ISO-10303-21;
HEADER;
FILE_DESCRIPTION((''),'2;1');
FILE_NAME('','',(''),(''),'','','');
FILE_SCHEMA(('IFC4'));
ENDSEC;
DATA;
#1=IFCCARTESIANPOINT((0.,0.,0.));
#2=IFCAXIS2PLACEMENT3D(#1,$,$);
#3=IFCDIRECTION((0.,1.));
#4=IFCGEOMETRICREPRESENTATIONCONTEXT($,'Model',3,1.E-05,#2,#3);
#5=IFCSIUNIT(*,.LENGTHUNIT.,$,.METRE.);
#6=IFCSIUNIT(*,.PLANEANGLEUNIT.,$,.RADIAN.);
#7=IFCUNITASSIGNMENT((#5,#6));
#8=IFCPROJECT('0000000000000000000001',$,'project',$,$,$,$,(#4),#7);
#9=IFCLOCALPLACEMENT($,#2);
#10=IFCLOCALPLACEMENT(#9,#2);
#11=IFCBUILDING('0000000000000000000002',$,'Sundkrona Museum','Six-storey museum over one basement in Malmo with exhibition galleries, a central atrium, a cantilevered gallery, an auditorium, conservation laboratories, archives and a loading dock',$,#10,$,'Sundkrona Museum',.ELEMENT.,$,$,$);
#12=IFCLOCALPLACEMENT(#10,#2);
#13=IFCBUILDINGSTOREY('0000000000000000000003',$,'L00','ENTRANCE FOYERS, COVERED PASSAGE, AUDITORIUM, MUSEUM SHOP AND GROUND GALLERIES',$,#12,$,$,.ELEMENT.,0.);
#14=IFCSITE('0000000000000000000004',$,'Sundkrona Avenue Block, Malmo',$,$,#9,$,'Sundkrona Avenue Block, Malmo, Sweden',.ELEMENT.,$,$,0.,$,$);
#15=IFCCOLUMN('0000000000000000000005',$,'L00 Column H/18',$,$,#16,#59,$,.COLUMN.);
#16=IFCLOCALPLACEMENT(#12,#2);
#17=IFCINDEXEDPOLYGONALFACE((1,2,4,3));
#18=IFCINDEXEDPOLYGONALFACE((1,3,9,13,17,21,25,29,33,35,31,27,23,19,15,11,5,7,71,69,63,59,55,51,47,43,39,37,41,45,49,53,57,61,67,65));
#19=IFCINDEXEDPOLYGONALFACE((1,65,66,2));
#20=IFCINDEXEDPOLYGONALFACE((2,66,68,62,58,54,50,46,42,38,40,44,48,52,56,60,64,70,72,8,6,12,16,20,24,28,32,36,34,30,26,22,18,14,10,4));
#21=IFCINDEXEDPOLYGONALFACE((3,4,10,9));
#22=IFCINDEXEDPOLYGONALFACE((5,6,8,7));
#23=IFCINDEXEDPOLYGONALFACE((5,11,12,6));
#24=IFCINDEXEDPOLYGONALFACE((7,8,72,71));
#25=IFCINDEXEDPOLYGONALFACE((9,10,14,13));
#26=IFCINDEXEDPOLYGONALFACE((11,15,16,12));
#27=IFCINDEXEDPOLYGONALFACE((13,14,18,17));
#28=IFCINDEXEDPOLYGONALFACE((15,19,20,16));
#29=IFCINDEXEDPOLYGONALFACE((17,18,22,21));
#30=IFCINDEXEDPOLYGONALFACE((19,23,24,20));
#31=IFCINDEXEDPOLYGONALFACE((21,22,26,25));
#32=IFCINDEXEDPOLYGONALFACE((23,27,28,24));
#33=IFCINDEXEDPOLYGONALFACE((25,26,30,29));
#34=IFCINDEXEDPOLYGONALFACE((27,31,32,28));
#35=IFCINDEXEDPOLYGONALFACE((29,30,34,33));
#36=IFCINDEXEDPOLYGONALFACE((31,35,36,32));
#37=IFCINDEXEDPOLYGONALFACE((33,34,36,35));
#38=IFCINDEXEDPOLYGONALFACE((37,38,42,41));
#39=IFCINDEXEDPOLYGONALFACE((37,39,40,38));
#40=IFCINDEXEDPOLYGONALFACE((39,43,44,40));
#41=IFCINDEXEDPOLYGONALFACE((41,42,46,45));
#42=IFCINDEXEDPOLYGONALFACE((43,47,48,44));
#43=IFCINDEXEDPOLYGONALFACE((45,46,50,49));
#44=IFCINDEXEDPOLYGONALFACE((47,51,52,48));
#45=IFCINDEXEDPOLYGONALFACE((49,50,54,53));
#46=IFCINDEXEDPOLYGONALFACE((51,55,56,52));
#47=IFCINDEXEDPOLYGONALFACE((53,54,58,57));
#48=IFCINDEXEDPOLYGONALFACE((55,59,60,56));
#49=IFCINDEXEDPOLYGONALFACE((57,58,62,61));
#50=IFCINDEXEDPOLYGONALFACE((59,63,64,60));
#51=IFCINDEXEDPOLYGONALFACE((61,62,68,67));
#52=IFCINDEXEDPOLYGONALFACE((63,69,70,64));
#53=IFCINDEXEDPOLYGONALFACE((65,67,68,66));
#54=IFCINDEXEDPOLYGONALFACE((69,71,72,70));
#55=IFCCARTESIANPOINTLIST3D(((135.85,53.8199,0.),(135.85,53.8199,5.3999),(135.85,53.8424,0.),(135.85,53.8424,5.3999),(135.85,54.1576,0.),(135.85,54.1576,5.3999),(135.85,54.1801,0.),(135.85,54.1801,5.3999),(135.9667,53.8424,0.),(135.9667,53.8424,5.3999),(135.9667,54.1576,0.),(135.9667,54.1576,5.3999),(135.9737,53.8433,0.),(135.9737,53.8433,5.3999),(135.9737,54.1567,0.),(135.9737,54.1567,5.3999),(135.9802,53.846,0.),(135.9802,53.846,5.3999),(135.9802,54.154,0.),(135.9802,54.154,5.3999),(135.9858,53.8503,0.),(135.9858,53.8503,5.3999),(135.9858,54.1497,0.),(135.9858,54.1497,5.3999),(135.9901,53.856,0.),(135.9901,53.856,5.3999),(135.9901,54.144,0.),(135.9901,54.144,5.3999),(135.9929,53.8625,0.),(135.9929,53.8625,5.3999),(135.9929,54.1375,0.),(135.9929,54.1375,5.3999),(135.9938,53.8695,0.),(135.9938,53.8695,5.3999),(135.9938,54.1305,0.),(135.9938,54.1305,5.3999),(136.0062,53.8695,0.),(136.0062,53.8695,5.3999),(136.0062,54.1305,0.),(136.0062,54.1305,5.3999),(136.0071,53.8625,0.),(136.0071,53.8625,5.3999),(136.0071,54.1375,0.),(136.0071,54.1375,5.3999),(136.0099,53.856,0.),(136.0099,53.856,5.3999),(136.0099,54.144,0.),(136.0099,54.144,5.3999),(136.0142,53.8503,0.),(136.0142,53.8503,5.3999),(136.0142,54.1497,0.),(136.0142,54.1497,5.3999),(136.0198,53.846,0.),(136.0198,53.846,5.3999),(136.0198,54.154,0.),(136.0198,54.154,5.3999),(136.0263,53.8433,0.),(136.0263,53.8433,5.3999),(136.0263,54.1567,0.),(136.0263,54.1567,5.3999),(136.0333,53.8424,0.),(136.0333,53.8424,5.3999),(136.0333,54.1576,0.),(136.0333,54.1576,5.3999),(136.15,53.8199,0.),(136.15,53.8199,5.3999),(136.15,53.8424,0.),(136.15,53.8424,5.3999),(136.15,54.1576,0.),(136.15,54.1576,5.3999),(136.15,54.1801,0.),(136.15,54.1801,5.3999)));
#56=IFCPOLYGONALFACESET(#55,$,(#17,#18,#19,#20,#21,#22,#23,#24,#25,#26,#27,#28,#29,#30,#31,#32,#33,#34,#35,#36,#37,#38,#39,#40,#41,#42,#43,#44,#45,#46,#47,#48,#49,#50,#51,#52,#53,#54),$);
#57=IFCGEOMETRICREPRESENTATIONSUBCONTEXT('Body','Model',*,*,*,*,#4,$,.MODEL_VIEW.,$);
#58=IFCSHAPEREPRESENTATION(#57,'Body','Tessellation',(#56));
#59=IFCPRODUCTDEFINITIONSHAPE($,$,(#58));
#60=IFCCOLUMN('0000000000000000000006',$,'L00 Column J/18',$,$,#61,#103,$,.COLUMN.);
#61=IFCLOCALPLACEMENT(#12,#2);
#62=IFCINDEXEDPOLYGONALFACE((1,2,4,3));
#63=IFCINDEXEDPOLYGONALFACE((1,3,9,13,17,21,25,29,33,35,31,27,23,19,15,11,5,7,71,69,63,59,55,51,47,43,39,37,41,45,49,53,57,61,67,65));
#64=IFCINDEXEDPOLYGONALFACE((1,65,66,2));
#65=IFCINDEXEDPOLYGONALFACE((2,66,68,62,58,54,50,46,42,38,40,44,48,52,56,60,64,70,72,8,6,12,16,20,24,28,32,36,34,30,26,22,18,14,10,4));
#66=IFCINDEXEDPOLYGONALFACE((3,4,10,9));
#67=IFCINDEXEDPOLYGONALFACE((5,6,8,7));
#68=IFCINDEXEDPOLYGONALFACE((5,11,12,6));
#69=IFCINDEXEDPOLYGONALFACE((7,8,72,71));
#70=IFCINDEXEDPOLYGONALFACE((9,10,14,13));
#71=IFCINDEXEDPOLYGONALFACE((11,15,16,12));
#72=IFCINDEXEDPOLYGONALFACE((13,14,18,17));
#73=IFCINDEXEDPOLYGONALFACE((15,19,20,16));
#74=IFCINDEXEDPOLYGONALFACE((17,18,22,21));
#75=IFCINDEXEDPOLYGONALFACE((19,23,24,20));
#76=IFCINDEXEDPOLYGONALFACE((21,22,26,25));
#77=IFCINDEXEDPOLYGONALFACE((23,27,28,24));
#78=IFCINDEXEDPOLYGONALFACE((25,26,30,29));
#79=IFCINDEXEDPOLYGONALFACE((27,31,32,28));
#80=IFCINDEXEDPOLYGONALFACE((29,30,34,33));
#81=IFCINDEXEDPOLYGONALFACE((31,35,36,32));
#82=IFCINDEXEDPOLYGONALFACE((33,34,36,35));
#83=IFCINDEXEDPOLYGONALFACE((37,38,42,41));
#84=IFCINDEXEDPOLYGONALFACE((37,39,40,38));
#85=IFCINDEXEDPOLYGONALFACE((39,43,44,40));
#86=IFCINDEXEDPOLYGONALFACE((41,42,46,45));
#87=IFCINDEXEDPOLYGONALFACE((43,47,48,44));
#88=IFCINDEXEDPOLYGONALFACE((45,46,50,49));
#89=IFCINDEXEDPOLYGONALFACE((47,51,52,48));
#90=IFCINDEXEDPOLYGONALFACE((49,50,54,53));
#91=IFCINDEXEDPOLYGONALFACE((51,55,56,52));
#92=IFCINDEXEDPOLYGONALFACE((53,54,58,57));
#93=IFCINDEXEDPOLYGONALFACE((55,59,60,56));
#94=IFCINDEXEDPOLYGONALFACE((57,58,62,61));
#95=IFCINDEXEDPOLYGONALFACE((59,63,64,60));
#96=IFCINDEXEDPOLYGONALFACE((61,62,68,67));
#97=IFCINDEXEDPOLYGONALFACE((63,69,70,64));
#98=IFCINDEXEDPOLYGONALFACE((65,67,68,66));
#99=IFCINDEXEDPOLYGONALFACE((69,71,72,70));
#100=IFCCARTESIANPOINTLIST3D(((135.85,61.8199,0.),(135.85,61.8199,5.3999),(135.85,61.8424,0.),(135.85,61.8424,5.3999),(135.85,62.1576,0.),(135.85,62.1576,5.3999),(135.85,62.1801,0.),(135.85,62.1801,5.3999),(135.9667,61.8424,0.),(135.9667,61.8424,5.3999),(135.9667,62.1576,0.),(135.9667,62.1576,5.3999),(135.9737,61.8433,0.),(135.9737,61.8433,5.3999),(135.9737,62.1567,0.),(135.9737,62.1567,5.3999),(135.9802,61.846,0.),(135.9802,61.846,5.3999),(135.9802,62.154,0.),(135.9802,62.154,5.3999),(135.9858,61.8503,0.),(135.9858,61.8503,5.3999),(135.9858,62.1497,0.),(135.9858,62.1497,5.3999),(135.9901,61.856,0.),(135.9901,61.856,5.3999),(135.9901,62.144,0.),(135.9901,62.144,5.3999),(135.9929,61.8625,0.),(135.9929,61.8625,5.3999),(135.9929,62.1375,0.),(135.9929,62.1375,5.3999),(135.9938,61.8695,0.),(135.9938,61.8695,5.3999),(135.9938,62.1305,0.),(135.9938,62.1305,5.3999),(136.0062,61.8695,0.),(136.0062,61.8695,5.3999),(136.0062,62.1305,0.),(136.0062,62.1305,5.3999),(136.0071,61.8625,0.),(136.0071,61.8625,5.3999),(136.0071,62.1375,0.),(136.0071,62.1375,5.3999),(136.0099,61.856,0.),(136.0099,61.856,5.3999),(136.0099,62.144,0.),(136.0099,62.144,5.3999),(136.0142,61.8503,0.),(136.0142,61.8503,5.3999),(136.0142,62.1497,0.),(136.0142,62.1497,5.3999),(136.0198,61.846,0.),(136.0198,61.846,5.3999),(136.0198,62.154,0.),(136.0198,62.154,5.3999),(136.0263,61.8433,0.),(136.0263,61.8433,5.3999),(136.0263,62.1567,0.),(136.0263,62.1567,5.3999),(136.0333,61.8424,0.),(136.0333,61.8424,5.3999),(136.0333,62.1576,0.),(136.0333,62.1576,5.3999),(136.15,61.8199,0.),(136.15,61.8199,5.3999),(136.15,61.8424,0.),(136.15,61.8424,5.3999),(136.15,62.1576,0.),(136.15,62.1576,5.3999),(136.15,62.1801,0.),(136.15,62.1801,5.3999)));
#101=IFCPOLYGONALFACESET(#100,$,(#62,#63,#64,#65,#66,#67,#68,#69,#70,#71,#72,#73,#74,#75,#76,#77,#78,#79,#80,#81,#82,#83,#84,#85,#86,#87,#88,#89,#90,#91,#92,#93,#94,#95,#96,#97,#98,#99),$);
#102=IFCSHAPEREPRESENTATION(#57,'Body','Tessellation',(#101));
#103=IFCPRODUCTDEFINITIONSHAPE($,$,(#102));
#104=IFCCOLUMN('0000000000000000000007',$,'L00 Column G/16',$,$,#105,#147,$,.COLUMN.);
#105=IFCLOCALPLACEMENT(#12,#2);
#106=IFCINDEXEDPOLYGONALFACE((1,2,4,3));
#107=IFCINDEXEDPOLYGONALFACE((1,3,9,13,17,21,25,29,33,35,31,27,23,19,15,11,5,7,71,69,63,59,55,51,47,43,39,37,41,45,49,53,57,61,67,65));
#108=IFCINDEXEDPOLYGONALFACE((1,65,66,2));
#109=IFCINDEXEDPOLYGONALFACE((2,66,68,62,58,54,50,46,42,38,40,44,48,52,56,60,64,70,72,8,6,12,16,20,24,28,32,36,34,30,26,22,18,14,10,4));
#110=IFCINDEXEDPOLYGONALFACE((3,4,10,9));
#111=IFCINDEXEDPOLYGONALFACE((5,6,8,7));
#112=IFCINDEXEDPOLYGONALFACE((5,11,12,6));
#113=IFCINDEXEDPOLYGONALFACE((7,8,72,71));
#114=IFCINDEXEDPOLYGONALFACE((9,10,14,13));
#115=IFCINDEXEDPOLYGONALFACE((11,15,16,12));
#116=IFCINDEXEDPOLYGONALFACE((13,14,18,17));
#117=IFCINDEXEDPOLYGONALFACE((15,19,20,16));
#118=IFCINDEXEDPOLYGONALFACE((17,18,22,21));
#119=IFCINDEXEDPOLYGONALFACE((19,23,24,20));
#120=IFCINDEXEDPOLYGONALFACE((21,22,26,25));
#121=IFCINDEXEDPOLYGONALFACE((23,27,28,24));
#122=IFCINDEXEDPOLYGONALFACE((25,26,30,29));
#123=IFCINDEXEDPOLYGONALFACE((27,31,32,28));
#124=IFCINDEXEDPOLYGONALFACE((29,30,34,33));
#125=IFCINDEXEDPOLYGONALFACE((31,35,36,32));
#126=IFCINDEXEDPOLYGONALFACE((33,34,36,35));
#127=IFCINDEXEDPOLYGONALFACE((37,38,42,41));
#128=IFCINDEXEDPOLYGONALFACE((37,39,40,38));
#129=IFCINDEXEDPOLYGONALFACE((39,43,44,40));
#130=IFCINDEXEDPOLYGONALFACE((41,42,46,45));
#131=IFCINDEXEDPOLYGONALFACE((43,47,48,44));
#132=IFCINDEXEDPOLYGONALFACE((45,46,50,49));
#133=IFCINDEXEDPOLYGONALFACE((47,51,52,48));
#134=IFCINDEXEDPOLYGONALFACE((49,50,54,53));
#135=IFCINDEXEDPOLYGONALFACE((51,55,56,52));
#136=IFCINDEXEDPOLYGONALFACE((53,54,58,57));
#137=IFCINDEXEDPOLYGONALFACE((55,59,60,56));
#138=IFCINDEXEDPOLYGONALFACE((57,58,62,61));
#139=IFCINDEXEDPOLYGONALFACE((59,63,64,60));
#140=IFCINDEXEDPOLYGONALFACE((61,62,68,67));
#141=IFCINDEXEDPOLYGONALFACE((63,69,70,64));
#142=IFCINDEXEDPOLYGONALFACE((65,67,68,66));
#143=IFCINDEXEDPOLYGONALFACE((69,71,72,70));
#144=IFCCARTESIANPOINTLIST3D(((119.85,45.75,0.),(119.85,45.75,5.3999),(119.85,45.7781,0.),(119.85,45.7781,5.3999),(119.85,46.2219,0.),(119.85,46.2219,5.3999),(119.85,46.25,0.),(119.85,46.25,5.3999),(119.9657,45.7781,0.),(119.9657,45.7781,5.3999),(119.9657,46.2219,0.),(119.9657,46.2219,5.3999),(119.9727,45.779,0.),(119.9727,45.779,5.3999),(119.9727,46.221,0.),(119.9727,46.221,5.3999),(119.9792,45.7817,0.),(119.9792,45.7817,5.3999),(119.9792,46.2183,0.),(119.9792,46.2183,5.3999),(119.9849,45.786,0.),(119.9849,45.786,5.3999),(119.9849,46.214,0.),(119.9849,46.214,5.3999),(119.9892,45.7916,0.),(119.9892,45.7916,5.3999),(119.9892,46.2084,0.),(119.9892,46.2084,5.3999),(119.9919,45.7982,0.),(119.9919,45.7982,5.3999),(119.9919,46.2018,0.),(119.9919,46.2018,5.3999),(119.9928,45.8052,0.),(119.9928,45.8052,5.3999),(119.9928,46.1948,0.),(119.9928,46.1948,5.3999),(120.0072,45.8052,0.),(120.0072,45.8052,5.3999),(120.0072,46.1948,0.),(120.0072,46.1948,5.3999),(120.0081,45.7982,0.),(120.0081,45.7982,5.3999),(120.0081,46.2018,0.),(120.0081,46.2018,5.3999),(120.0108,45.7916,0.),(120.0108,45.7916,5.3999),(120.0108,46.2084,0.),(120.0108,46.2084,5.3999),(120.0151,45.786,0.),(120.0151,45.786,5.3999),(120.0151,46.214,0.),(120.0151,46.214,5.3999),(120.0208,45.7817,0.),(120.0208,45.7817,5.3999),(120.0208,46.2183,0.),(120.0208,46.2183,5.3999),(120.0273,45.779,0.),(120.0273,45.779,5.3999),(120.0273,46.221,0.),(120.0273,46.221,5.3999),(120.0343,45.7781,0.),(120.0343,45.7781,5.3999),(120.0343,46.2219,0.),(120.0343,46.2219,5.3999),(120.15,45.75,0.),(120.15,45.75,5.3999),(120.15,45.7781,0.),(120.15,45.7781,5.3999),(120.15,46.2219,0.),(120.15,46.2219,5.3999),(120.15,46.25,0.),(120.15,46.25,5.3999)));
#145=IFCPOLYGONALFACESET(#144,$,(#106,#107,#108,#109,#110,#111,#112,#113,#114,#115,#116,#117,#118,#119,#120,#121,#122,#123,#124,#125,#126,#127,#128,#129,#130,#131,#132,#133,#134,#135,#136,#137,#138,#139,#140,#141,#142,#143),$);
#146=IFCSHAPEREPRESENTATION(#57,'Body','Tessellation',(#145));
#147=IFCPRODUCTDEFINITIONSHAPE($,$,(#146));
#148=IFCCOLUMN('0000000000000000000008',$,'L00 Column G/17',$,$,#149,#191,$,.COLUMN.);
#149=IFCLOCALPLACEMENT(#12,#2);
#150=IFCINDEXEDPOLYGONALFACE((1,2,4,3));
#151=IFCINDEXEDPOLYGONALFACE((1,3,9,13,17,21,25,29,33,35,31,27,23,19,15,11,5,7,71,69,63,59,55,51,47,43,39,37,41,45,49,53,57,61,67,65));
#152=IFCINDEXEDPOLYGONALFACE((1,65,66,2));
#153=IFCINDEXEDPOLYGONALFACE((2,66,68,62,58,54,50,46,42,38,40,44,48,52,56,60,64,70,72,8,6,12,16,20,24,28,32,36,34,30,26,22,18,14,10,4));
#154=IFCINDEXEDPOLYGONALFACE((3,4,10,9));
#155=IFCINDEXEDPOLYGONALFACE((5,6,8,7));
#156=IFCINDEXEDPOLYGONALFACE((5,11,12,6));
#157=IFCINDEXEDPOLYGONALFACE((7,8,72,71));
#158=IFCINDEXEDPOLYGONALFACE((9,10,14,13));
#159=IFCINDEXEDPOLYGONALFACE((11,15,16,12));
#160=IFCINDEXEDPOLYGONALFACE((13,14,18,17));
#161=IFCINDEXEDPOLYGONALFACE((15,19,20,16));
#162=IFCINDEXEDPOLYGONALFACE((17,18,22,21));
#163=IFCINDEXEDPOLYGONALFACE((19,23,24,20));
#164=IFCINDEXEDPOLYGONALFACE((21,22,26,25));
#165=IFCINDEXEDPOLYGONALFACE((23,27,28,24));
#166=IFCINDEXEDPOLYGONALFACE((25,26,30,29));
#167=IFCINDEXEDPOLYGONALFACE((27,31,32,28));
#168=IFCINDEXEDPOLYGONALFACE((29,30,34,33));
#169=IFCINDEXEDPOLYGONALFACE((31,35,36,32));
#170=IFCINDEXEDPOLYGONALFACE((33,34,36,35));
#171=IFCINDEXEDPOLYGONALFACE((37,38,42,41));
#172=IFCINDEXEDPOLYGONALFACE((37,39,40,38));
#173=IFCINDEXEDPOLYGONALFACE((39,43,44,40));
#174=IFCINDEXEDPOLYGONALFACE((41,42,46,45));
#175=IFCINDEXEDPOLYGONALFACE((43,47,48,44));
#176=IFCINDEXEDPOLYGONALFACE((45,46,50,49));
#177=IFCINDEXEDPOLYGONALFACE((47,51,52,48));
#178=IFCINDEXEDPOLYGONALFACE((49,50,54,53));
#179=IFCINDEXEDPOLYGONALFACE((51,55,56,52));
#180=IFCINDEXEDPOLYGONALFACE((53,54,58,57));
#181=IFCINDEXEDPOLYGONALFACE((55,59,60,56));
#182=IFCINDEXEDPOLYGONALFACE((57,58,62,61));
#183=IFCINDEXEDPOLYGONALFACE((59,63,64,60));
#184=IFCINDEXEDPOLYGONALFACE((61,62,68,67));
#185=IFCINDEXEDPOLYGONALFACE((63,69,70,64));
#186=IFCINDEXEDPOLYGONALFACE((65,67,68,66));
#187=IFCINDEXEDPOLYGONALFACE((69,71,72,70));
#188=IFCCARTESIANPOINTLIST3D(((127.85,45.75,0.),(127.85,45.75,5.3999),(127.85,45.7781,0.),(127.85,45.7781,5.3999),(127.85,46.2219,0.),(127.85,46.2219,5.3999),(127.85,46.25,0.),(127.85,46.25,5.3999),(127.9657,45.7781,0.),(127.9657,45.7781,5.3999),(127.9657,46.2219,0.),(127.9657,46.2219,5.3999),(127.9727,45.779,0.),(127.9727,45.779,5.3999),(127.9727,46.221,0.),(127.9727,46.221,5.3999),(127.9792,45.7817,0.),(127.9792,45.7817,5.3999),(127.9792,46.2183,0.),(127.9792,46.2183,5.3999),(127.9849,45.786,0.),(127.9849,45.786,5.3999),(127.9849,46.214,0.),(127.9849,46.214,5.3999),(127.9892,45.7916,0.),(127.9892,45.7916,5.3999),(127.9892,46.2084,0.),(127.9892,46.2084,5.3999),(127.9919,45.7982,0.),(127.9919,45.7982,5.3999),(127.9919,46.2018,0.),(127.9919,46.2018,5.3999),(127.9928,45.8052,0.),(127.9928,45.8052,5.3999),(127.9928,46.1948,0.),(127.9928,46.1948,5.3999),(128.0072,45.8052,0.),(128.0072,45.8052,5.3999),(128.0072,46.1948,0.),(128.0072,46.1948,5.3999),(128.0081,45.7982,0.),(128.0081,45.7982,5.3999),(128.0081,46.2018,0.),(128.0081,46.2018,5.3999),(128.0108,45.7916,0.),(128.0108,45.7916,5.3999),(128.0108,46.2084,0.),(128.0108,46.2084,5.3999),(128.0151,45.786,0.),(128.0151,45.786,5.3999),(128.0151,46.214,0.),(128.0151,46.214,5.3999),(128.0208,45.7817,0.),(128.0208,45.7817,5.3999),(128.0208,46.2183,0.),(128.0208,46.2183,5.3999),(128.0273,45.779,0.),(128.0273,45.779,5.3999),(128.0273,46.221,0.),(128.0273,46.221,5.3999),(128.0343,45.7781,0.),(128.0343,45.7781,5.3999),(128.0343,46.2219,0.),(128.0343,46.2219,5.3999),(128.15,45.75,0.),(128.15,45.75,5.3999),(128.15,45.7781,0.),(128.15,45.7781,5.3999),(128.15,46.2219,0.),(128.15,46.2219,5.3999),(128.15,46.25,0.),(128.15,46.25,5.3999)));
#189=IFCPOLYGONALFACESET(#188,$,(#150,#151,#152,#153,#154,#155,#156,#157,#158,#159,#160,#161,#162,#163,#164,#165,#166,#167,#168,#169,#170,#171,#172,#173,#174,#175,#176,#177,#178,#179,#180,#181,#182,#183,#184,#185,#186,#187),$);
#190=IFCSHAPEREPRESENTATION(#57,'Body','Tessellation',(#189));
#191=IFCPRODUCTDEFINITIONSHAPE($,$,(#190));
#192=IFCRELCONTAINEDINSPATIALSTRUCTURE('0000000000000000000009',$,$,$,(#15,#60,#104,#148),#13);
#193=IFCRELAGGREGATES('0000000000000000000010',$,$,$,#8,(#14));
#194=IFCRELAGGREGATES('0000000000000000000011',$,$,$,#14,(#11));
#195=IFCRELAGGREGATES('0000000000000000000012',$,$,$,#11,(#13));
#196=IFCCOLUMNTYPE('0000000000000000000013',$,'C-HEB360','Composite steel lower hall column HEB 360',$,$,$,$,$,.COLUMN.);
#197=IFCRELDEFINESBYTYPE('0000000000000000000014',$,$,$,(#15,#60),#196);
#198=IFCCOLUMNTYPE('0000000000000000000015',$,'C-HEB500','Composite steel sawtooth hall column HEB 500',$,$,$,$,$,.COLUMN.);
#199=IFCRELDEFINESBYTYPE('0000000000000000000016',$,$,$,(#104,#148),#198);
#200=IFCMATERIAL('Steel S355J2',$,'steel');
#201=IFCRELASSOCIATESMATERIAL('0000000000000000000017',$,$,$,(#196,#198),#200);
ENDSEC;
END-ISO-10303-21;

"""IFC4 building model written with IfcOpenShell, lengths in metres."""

from ifc_helpers import new_model, si_unit, direction, frame, origin, origin_2d, place, context, subcontext, project, spatial, i_section, extrude, material, material_profile, profile_set, type_object, element, save


model = new_model("IFC4")

# Units and contexts
model_context = context("Model", 3, precision=1e-05, world=origin(), true_north=direction((0.0, 1.0)))
body_context = subcontext(model_context, "Body", "Model", "MODEL_VIEW")
ifc_project = project(units=[si_unit("LENGTHUNIT", "METRE"), si_unit("PLANEANGLEUNIT", "RADIAN")], contexts=[model_context])

# Site, building, storey
site_placement = place(None, origin())
site = spatial("IfcSite", under=ifc_project, at=site_placement, Name="Sundkrona Avenue Block, Malmo", LongName="Sundkrona Avenue Block, Malmo, Sweden", CompositionType="ELEMENT", RefElevation=0.0)
building_placement = place(site_placement, origin())
building = spatial("IfcBuilding", under=site, at=building_placement, Name="Sundkrona Museum", Description="Six-storey museum over one basement in Malmo with exhibition galleries, a central atrium, a cantilevered gallery, an auditorium, conservation laboratories, archives and a loading dock", LongName="Sundkrona Museum", CompositionType="ELEMENT")
storey_placement = place(building_placement, origin())
storey = spatial("IfcBuildingStorey", under=building, at=storey_placement, Name="L00", Description="ENTRANCE FOYERS, COVERED PASSAGE, AUDITORIUM, MUSEUM SHOP AND GROUND GALLERIES", CompositionType="ELEMENT", Elevation=0.0)

# Columns
ifc_material_1 = material(Name="Steel S355J2", Category="steel")
ifc_material_profile_1 = material_profile(ifc_material_1, i_section(OverallWidth=0.3, OverallDepth=0.3601, WebThickness=0.0125, FlangeThickness=0.0225, FilletRadius=0.0271, at=origin_2d()), Name="HEB 360")
ifc_profile_set_1 = profile_set([ifc_material_profile_1], Name="Steel S355J2")
column_type_1 = type_object("IfcColumnType", Name="C-HEB360", Description="Composite steel lower hall column HEB 360", PredefinedType="COLUMN", material=ifc_profile_set_1)
for number, where, z_axis, x_axis, name in (
    (1, (136.0, 54.0, 0.0), (0.0, 0.0, 1.0), (1.0, 0.0, 0.0), "L00 Column H/18"),
    (2, (136.0, 62.0, 0.0), (0.0, 0.0, 1.0), (1.0, 0.0, 0.0), "L00 Column J/18"),
):
    element("IfcColumn", number, at=place(storey_placement, frame(where, z_axis=z_axis, x_axis=x_axis)), inside=storey, type_object=column_type_1, Name=name, PredefinedType="COLUMN", context=body_context, shape_type="SweptSolid", body=[
        extrude(i_section(OverallWidth=0.3, OverallDepth=0.3601, WebThickness=0.0125, FlangeThickness=0.0225, FilletRadius=0.0271, at=origin_2d()), origin(), (0.0, 0.0, 1.0), 5.3999),
    ])
ifc_material_profile_2 = material_profile(ifc_material_1, i_section(OverallWidth=0.3, OverallDepth=0.5, WebThickness=0.0144, FlangeThickness=0.0281, FilletRadius=0.0271, at=origin_2d()), Name="HEB 500")
ifc_profile_set_2 = profile_set([ifc_material_profile_2], Name="Steel S355J2")
column_type_2 = type_object("IfcColumnType", Name="C-HEB500", Description="Composite steel sawtooth hall column HEB 500", PredefinedType="COLUMN", material=ifc_profile_set_2)
for number, where, z_axis, x_axis, name in (
    (3, (120.0, 46.0, 0.0), (0.0, 0.0, 1.0), (1.0, 0.0, 0.0), "L00 Column G/16"),
    (4, (128.0, 46.0, 0.0), (0.0, 0.0, 1.0), (1.0, 0.0, 0.0), "L00 Column G/17"),
):
    element("IfcColumn", number, at=place(storey_placement, frame(where, z_axis=z_axis, x_axis=x_axis)), inside=storey, type_object=column_type_2, Name=name, PredefinedType="COLUMN", context=body_context, shape_type="SweptSolid", body=[
        extrude(i_section(OverallWidth=0.3, OverallDepth=0.5, WebThickness=0.0144, FlangeThickness=0.0281, FilletRadius=0.0271, at=origin_2d()), origin(), (0.0, 0.0, 1.0), 5.3999),
    ])

save(model, "model.ifc")
